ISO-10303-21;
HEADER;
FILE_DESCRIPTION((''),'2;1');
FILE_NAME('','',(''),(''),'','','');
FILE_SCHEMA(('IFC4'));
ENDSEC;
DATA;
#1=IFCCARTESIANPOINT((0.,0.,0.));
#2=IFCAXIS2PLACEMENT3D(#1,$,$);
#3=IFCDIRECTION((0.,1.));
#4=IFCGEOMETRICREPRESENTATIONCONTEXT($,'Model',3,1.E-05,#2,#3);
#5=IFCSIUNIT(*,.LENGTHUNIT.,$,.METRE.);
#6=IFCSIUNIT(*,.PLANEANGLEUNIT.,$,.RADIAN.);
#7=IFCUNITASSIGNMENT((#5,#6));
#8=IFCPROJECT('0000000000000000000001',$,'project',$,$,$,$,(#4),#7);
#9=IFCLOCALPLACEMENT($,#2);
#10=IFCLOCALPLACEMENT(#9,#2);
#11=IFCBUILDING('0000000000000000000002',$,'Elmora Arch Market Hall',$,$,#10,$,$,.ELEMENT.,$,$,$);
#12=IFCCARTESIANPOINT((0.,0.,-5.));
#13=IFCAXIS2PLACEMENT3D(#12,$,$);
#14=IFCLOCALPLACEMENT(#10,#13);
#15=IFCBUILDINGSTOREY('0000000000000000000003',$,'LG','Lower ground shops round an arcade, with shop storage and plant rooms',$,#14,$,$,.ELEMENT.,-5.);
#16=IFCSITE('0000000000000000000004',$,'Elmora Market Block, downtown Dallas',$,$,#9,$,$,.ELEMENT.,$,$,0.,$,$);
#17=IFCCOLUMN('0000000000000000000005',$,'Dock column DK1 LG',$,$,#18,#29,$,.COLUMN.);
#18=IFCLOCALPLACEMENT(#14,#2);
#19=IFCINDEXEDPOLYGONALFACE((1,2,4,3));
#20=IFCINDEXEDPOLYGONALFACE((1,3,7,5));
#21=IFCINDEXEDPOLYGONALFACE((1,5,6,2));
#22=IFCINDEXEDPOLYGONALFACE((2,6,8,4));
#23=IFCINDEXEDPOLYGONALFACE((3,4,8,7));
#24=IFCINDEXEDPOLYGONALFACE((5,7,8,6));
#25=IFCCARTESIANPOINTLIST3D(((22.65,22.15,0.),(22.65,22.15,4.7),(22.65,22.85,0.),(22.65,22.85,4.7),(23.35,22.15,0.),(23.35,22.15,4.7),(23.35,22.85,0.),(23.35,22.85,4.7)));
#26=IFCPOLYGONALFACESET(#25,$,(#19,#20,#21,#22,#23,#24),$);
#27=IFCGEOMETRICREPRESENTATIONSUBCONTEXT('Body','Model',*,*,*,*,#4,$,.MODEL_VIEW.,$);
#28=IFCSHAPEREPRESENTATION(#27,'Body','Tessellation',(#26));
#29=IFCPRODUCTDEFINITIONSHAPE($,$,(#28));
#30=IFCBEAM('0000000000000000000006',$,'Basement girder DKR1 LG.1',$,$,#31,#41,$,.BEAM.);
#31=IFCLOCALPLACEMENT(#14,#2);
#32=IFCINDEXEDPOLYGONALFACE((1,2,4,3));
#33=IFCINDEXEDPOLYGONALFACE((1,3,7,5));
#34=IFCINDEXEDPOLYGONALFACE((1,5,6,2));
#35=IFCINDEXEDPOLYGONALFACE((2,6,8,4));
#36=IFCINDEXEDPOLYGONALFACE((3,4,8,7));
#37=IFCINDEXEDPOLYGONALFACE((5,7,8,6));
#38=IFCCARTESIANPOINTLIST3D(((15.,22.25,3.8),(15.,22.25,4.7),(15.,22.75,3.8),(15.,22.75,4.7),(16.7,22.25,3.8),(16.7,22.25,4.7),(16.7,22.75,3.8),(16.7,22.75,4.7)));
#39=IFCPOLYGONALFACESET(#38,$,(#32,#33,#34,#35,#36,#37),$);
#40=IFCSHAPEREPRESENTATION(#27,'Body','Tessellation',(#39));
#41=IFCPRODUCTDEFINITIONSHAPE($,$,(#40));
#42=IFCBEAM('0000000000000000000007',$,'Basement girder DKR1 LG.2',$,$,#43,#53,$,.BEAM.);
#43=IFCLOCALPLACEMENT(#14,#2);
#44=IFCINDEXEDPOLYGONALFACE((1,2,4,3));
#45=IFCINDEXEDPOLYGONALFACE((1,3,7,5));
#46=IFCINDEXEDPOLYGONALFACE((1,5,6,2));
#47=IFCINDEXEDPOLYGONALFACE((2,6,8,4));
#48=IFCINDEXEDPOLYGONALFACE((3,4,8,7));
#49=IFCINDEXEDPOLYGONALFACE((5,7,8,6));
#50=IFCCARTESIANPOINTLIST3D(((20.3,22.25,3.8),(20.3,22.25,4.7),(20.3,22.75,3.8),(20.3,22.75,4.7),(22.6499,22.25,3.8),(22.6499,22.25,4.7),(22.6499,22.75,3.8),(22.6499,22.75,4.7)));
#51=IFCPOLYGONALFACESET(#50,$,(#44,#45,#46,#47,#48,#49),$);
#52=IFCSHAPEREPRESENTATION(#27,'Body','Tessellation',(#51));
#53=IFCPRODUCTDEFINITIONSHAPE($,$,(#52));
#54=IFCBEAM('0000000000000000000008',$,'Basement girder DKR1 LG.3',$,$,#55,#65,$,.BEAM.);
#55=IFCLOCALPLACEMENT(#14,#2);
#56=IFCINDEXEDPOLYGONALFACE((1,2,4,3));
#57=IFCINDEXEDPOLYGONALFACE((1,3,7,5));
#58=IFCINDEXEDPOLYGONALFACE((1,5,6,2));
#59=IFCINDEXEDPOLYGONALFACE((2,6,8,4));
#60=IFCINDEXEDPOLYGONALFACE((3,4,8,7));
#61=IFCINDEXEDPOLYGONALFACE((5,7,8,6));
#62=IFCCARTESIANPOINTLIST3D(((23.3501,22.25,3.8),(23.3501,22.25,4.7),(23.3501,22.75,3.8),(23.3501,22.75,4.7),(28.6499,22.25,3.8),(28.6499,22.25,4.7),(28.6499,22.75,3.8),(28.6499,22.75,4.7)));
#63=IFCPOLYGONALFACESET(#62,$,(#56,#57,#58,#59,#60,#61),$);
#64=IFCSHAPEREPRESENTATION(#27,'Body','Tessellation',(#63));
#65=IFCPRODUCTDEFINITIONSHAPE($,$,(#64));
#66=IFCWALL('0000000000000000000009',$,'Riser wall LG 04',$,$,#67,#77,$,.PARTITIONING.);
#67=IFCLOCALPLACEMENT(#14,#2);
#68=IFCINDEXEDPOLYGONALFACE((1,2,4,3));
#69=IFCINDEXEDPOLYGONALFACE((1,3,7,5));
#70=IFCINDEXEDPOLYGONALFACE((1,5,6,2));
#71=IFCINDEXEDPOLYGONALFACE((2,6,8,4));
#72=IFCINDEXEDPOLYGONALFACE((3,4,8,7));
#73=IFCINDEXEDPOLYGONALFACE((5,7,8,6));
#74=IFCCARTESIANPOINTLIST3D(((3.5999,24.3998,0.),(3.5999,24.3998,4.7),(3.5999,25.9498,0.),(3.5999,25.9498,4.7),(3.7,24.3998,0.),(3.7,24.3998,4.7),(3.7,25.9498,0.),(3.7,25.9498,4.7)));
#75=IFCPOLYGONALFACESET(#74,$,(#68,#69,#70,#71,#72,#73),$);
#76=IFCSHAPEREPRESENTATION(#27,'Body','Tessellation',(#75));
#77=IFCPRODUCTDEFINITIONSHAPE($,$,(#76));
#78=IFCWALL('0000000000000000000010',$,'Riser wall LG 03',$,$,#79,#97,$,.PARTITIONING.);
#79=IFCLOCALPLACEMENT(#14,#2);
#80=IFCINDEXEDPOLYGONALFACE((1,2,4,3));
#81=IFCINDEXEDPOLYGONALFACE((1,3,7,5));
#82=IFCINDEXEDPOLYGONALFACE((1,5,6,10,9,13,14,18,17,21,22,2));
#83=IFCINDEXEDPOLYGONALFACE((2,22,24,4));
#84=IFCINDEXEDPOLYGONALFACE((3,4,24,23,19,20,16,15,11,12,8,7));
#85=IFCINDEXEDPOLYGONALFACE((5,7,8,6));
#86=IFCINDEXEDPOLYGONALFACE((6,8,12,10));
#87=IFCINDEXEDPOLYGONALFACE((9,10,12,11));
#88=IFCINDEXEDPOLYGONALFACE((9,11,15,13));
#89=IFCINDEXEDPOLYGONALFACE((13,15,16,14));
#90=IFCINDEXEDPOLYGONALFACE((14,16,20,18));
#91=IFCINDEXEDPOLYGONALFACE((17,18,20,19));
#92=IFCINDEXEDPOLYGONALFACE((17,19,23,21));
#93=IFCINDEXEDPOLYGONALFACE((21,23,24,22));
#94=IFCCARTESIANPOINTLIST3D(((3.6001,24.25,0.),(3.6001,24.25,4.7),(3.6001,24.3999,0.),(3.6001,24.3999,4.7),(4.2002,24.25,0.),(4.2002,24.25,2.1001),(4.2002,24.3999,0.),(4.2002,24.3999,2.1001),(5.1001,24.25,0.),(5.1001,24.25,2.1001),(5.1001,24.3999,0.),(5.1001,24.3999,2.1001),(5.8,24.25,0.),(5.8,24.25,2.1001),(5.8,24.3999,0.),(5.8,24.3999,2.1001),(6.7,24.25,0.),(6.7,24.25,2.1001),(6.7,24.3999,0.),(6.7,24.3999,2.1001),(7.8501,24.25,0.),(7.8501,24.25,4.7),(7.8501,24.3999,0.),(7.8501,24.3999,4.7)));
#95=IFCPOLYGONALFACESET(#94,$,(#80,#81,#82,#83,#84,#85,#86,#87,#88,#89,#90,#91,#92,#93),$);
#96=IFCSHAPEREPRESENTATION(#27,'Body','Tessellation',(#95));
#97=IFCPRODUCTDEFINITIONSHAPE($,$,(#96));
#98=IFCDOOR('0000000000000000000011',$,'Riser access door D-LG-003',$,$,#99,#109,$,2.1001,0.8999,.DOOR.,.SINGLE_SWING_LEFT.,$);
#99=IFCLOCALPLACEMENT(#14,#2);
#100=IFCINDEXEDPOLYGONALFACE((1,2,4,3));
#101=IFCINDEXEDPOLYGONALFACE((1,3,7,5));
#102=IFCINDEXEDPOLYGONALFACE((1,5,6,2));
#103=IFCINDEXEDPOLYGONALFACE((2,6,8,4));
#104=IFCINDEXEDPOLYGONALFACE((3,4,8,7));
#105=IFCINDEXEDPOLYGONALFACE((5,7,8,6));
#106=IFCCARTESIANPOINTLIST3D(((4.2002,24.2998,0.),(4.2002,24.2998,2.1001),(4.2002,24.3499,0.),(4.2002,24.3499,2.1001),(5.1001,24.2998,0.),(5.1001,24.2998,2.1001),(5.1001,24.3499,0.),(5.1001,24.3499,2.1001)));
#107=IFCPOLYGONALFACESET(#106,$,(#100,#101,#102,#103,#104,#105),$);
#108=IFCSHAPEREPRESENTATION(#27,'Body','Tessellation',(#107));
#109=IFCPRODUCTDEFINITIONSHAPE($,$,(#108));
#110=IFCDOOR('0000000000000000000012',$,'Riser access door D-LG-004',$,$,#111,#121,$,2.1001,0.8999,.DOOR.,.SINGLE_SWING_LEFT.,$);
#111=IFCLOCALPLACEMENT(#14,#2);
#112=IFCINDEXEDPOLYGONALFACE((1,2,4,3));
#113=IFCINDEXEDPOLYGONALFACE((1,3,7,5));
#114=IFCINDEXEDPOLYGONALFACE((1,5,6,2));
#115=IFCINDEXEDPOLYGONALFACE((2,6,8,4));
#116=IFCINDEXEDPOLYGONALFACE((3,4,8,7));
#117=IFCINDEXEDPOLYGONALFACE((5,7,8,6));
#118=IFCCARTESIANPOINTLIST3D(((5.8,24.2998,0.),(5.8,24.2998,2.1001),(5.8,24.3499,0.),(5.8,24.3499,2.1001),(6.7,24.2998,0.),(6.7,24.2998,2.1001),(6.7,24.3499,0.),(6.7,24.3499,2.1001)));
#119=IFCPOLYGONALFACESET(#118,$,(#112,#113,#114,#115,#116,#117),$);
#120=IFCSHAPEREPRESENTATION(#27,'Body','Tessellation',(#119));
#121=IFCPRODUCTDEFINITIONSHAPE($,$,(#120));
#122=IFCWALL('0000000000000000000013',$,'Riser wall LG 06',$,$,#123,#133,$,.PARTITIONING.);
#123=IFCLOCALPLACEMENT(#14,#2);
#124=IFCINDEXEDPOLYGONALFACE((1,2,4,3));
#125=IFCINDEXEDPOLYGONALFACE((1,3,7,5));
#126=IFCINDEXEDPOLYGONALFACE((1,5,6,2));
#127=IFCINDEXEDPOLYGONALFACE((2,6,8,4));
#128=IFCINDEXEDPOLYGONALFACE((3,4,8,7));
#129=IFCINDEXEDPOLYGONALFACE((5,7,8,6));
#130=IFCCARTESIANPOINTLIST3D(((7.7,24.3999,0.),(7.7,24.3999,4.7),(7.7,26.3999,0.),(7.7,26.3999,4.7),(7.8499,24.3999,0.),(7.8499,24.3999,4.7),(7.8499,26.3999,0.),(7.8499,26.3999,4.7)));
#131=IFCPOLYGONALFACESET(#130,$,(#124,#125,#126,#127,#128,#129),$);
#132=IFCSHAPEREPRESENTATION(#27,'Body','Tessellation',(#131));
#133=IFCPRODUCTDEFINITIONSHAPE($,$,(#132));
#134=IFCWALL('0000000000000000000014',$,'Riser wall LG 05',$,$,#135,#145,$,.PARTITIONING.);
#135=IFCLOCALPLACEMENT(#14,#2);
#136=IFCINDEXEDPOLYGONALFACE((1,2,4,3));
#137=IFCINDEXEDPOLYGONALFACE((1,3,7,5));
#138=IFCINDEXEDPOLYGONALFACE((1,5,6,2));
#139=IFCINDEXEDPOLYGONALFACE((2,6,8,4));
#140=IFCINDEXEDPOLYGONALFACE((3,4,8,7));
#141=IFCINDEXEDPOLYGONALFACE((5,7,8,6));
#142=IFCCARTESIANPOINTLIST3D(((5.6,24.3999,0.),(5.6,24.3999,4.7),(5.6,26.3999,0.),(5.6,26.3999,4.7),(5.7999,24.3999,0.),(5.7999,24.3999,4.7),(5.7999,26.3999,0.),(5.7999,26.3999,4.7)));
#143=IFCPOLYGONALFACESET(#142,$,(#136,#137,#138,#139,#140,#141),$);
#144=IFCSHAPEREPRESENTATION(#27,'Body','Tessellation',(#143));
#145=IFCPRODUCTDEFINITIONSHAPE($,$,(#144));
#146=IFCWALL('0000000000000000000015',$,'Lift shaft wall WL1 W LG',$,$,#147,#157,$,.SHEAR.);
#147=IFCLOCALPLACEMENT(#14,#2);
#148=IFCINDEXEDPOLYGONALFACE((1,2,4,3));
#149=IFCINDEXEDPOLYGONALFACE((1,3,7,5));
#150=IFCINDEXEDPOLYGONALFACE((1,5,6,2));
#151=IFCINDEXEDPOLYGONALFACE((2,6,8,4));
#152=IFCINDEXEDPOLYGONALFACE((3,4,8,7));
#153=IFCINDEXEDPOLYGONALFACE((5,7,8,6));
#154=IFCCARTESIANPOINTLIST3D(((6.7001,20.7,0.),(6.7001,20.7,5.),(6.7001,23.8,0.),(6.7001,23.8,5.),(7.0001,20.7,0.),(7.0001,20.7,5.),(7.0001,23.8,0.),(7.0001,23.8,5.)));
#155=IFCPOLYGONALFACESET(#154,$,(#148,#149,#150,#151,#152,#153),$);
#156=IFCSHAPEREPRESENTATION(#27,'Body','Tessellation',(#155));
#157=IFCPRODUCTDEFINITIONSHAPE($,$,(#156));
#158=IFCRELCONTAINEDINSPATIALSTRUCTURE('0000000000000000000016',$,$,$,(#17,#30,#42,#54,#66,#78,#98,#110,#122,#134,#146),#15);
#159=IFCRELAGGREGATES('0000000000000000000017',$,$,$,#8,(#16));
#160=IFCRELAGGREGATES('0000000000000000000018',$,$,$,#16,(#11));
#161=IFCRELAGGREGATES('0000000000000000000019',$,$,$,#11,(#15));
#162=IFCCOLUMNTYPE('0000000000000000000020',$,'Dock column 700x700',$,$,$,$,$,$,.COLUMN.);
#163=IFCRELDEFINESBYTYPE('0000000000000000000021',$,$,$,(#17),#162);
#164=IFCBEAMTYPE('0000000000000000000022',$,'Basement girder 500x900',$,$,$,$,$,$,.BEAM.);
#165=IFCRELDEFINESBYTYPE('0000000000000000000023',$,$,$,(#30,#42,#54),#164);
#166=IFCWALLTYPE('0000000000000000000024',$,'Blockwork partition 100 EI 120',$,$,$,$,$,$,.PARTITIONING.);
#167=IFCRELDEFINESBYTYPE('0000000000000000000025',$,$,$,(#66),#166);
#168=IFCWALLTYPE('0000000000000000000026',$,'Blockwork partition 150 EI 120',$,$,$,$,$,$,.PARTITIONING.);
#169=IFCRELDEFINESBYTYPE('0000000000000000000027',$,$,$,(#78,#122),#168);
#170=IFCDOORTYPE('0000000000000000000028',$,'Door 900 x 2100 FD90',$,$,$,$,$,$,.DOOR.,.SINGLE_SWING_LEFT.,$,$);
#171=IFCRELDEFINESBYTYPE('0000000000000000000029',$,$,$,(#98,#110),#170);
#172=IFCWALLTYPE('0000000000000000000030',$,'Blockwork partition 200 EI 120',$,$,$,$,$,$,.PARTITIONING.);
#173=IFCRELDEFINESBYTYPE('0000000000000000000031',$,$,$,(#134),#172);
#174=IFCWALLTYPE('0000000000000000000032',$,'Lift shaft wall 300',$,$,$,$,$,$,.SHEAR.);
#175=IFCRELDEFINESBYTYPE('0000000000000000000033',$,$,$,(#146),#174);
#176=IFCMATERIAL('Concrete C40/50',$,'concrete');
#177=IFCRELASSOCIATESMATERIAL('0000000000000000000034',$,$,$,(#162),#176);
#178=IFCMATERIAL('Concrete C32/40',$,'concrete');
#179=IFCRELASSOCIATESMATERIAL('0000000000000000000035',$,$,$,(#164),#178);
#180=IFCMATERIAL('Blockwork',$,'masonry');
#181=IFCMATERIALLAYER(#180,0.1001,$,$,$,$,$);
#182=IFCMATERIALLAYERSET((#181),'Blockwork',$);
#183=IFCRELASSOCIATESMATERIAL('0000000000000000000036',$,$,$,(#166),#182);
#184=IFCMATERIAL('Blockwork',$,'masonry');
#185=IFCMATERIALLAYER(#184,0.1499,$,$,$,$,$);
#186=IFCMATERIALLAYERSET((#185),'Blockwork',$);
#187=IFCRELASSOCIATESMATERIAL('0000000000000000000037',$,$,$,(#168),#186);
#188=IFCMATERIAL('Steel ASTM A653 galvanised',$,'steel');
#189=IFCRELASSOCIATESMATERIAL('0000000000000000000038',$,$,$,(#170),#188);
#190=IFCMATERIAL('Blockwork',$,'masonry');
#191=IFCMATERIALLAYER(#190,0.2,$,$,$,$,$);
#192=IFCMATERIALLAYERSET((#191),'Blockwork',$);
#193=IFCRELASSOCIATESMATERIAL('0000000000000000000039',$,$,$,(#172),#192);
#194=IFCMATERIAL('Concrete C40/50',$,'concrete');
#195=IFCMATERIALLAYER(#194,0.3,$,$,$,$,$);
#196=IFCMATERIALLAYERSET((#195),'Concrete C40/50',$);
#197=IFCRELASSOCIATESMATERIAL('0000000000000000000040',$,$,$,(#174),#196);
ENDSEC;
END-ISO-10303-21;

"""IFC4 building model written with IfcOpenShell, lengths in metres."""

from ifc_helpers import new_model, si_unit, direction, frame, frame_2d, origin, origin_2d, place, context, subcontext, project, spatial, rectangle, extrude, material, layer, layer_set, material_profile, profile_set, type_object, element, fill, save


model = new_model("IFC4")

# Units and contexts
model_context = context("Model", 3, precision=1e-05, world=origin(), true_north=direction((0.0, 1.0)))
body_context = subcontext(model_context, "Body", "Model", "MODEL_VIEW")
ifc_project = project(units=[si_unit("LENGTHUNIT", "METRE"), si_unit("PLANEANGLEUNIT", "RADIAN")], contexts=[model_context])

# Site, building, storey
site_placement = place(None, origin())
site = spatial("IfcSite", under=ifc_project, at=site_placement, Name="Elmora Market Block, downtown Dallas", CompositionType="ELEMENT", RefElevation=0.0)
building_placement = place(site_placement, origin())
building = spatial("IfcBuilding", under=site, at=building_placement, Name="Elmora Arch Market Hall", CompositionType="ELEMENT")
storey_placement = place(building_placement, frame((0.0, 0.0, -5.0)))
storey = spatial("IfcBuildingStorey", under=building, at=storey_placement, Name="LG", Description="Lower ground shops round an arcade, with shop storage and plant rooms", CompositionType="ELEMENT", Elevation=-5.0)

# Column
ifc_material_1 = material(Name="Concrete C40/50", Category="concrete")
ifc_material_profile_1 = material_profile(ifc_material_1, rectangle(XDim=0.7, YDim=0.7, at=origin_2d()), Name="Dock column 700x700")
ifc_profile_set_1 = profile_set([ifc_material_profile_1], Name="Concrete C40/50")
column_type = type_object("IfcColumnType", Name="Dock column 700x700", PredefinedType="COLUMN", material=ifc_profile_set_1)
column_placement = place(storey_placement, frame((23.0, 22.5, 0.0), z_axis=(0.0, 0.0, 1.0), x_axis=(1.0, 0.0, 0.0)))
element("IfcColumn", 1, at=column_placement, inside=storey, type_object=column_type, Name="Dock column DK1 LG", PredefinedType="COLUMN", context=body_context, shape_type="SweptSolid", body=[
    extrude(rectangle(XDim=0.7, YDim=0.7, at=origin_2d()), origin(), (0.0, 0.0, 1.0), 4.7),
])

# Beams
ifc_material_2 = material(Name="Concrete C32/40", Category="concrete")
ifc_material_profile_2 = material_profile(ifc_material_2, rectangle(XDim=0.5, YDim=0.8999, at=origin_2d()), Name="Basement girder 500x900")
ifc_profile_set_2 = profile_set([ifc_material_profile_2], Name="Concrete C32/40")
beam_type = type_object("IfcBeamType", Name="Basement girder 500x900", PredefinedType="BEAM", material=ifc_profile_set_2)
beam_1_placement = place(storey_placement, frame((15.0, 22.5, 4.25), z_axis=(1.0, 0.0, 0.0), x_axis=(0.0, 1.0, 0.0)))
element("IfcBeam", 2, at=beam_1_placement, inside=storey, type_object=beam_type, Name="Basement girder DKR1 LG.1", PredefinedType="BEAM", context=body_context, shape_type="SweptSolid", body=[
    extrude(rectangle(XDim=0.5, YDim=0.8999, at=origin_2d()), origin(), (0.0, 0.0, 1.0), 1.7),
])
beam_2_placement = place(storey_placement, frame((20.3, 22.5, 4.25), z_axis=(1.0, 0.0, 0.0), x_axis=(0.0, 1.0, 0.0)))
element("IfcBeam", 3, at=beam_2_placement, inside=storey, type_object=beam_type, Name="Basement girder DKR1 LG.2", PredefinedType="BEAM", context=body_context, shape_type="SweptSolid", body=[
    extrude(rectangle(XDim=0.5, YDim=0.8999, at=origin_2d()), origin(), (0.0, 0.0, 1.0), 2.3499),
])
beam_3_placement = place(storey_placement, frame((23.3501, 22.5, 4.25), z_axis=(1.0, 0.0, 0.0), x_axis=(0.0, 1.0, 0.0)))
element("IfcBeam", 4, at=beam_3_placement, inside=storey, type_object=beam_type, Name="Basement girder DKR1 LG.3", PredefinedType="BEAM", context=body_context, shape_type="SweptSolid", body=[
    extrude(rectangle(XDim=0.5, YDim=0.8999, at=origin_2d()), origin(), (0.0, 0.0, 1.0), 5.2998),
])

# Wall
ifc_material_3 = material(Name="Blockwork", Category="masonry")
ifc_layer_1 = layer(ifc_material_3, 0.1001)
ifc_layer_set_1 = layer_set([ifc_layer_1], Name="Blockwork")
wall_type_1 = type_object("IfcWallType", Name="Blockwork partition 100 EI 120", PredefinedType="PARTITIONING", material=ifc_layer_set_1)
wall_1_placement = place(storey_placement, frame((3.6499, 24.3999, 0.0), z_axis=(0.0, 0.0, 1.0), x_axis=(0.0, 1.0, 0.0)))
element("IfcWall", 5, at=wall_1_placement, inside=storey, type_object=wall_type_1, Name="Riser wall LG 04", PredefinedType="PARTITIONING", context=body_context, shape_type="SweptSolid", body=[
    extrude(rectangle(XDim=1.55, YDim=0.1001, at=frame_2d((0.7749, 0.0))), origin(), (0.0, 0.0, 1.0), 4.7),
])

# Wall, openings, doors
ifc_material_4 = material(Name="Blockwork", Category="masonry")
ifc_layer_2 = layer(ifc_material_4, 0.1499)
ifc_layer_set_2 = layer_set([ifc_layer_2], Name="Blockwork")
wall_type_2 = type_object("IfcWallType", Name="Blockwork partition 150 EI 120", PredefinedType="PARTITIONING", material=ifc_layer_set_2)
wall_2_placement = place(storey_placement, frame((3.6001, 24.325, 0.0), z_axis=(0.0, 0.0, 1.0), x_axis=(1.0, 0.0, 0.0)))
wall_2 = element("IfcWall", 6, at=wall_2_placement, inside=storey, type_object=wall_type_2, Name="Riser wall LG 03", PredefinedType="PARTITIONING", context=body_context, shape_type="SweptSolid", body=[
    extrude(rectangle(XDim=4.25, YDim=0.1499, at=frame_2d((2.125, 0.0))), origin(), (0.0, 0.0, 1.0), 4.7),
])
opening_1_placement = place(wall_2_placement, frame((0.6001, 0.0, 0.0)))
opening_1 = element("IfcOpeningElement", 7, at=opening_1_placement, cuts=wall_2, PredefinedType="OPENING", context=body_context, shape_type="SweptSolid", body=[
    extrude(rectangle(XDim=0.8999, YDim=2.1001, at=frame_2d((0.45, 1.05))), frame((0.0, 0.085, 0.0), z_axis=(0.0, -1.0, 0.0), x_axis=(1.0, 0.0, 0.0)), (0.0, 0.0, 1.0), 0.1699),
])
opening_2_placement = place(wall_2_placement, frame((2.2, 0.0, 0.0)))
opening_2 = element("IfcOpeningElement", 8, at=opening_2_placement, cuts=wall_2, PredefinedType="OPENING", context=body_context, shape_type="SweptSolid", body=[
    extrude(rectangle(XDim=0.8999, YDim=2.1001, at=frame_2d((0.45, 1.05))), frame((0.0, 0.085, 0.0), z_axis=(0.0, -1.0, 0.0), x_axis=(1.0, 0.0, 0.0)), (0.0, 0.0, 1.0), 0.1699),
])
ifc_material_5 = material(Name="Steel ASTM A653 galvanised", Category="steel")
door_type_1 = type_object("IfcDoorType", Name="Door 900 x 2100 FD90", OperationType="SINGLE_SWING_LEFT", PredefinedType="DOOR", material=ifc_material_5)
door_1_placement = place(opening_1_placement, origin())
door_1 = element("IfcDoor", 9, at=door_1_placement, inside=storey, type_object=door_type_1, Name="Riser access door D-LG-003", OperationType="SINGLE_SWING_LEFT", OverallHeight=2.1001, OverallWidth=0.8999, PredefinedType="DOOR", context=body_context, shape_type="SweptSolid", body=[
    extrude(rectangle(XDim=0.8999, YDim=2.1001, at=frame_2d((0.45, 1.05))), frame((0.0, 0.0249, 0.0), z_axis=(0.0, -1.0, 0.0), x_axis=(1.0, 0.0, 0.0)), (0.0, 0.0, 1.0), 0.05),
])
fill(opening_1, door_1)
door_2_placement = place(opening_2_placement, origin())
door_2 = element("IfcDoor", 10, at=door_2_placement, inside=storey, type_object=door_type_1, Name="Riser access door D-LG-004", OperationType="SINGLE_SWING_LEFT", OverallHeight=2.1001, OverallWidth=0.8999, PredefinedType="DOOR", context=body_context, shape_type="SweptSolid", body=[
    extrude(rectangle(XDim=0.8999, YDim=2.1001, at=frame_2d((0.45, 1.05))), frame((0.0, 0.0249, 0.0), z_axis=(0.0, -1.0, 0.0), x_axis=(1.0, 0.0, 0.0)), (0.0, 0.0, 1.0), 0.05),
])
fill(opening_2, door_2)

# Walls
wall_3_placement = place(storey_placement, frame((7.7749, 24.3999, 0.0), z_axis=(0.0, 0.0, 1.0), x_axis=(0.0, 1.0, 0.0)))
element("IfcWall", 11, at=wall_3_placement, inside=storey, type_object=wall_type_2, Name="Riser wall LG 06", PredefinedType="PARTITIONING", context=body_context, shape_type="SweptSolid", body=[
    extrude(rectangle(XDim=2.0, YDim=0.1499, at=frame_2d((1.0, 0.0))), origin(), (0.0, 0.0, 1.0), 4.7),
])
ifc_material_6 = material(Name="Blockwork", Category="masonry")
ifc_layer_3 = layer(ifc_material_6, 0.2)
ifc_layer_set_3 = layer_set([ifc_layer_3], Name="Blockwork")
wall_type_3 = type_object("IfcWallType", Name="Blockwork partition 200 EI 120", PredefinedType="PARTITIONING", material=ifc_layer_set_3)
wall_4_placement = place(storey_placement, frame((5.7, 24.3999, 0.0), z_axis=(0.0, 0.0, 1.0), x_axis=(0.0, 1.0, 0.0)))
element("IfcWall", 12, at=wall_4_placement, inside=storey, type_object=wall_type_3, Name="Riser wall LG 05", PredefinedType="PARTITIONING", context=body_context, shape_type="SweptSolid", body=[
    extrude(rectangle(XDim=2.0, YDim=0.2, at=frame_2d((1.0, 0.0))), origin(), (0.0, 0.0, 1.0), 4.7),
])
ifc_material_7 = material(Name="Concrete C40/50", Category="concrete")
ifc_layer_4 = layer(ifc_material_7, 0.3)
ifc_layer_set_4 = layer_set([ifc_layer_4], Name="Concrete C40/50")
wall_type_4 = type_object("IfcWallType", Name="Lift shaft wall 300", PredefinedType="SHEAR", material=ifc_layer_set_4)
wall_5_placement = place(storey_placement, frame((6.8501, 20.7, 0.0), z_axis=(0.0, 0.0, 1.0), x_axis=(0.0, 1.0, 0.0)))
element("IfcWall", 13, at=wall_5_placement, inside=storey, type_object=wall_type_4, Name="Lift shaft wall WL1 W LG", PredefinedType="SHEAR", context=body_context, shape_type="SweptSolid", body=[
    extrude(rectangle(XDim=3.1001, YDim=0.3, at=frame_2d((1.55, 0.0))), origin(), (0.0, 0.0, 1.0), 5.0),
])

save(model, "model.ifc")
